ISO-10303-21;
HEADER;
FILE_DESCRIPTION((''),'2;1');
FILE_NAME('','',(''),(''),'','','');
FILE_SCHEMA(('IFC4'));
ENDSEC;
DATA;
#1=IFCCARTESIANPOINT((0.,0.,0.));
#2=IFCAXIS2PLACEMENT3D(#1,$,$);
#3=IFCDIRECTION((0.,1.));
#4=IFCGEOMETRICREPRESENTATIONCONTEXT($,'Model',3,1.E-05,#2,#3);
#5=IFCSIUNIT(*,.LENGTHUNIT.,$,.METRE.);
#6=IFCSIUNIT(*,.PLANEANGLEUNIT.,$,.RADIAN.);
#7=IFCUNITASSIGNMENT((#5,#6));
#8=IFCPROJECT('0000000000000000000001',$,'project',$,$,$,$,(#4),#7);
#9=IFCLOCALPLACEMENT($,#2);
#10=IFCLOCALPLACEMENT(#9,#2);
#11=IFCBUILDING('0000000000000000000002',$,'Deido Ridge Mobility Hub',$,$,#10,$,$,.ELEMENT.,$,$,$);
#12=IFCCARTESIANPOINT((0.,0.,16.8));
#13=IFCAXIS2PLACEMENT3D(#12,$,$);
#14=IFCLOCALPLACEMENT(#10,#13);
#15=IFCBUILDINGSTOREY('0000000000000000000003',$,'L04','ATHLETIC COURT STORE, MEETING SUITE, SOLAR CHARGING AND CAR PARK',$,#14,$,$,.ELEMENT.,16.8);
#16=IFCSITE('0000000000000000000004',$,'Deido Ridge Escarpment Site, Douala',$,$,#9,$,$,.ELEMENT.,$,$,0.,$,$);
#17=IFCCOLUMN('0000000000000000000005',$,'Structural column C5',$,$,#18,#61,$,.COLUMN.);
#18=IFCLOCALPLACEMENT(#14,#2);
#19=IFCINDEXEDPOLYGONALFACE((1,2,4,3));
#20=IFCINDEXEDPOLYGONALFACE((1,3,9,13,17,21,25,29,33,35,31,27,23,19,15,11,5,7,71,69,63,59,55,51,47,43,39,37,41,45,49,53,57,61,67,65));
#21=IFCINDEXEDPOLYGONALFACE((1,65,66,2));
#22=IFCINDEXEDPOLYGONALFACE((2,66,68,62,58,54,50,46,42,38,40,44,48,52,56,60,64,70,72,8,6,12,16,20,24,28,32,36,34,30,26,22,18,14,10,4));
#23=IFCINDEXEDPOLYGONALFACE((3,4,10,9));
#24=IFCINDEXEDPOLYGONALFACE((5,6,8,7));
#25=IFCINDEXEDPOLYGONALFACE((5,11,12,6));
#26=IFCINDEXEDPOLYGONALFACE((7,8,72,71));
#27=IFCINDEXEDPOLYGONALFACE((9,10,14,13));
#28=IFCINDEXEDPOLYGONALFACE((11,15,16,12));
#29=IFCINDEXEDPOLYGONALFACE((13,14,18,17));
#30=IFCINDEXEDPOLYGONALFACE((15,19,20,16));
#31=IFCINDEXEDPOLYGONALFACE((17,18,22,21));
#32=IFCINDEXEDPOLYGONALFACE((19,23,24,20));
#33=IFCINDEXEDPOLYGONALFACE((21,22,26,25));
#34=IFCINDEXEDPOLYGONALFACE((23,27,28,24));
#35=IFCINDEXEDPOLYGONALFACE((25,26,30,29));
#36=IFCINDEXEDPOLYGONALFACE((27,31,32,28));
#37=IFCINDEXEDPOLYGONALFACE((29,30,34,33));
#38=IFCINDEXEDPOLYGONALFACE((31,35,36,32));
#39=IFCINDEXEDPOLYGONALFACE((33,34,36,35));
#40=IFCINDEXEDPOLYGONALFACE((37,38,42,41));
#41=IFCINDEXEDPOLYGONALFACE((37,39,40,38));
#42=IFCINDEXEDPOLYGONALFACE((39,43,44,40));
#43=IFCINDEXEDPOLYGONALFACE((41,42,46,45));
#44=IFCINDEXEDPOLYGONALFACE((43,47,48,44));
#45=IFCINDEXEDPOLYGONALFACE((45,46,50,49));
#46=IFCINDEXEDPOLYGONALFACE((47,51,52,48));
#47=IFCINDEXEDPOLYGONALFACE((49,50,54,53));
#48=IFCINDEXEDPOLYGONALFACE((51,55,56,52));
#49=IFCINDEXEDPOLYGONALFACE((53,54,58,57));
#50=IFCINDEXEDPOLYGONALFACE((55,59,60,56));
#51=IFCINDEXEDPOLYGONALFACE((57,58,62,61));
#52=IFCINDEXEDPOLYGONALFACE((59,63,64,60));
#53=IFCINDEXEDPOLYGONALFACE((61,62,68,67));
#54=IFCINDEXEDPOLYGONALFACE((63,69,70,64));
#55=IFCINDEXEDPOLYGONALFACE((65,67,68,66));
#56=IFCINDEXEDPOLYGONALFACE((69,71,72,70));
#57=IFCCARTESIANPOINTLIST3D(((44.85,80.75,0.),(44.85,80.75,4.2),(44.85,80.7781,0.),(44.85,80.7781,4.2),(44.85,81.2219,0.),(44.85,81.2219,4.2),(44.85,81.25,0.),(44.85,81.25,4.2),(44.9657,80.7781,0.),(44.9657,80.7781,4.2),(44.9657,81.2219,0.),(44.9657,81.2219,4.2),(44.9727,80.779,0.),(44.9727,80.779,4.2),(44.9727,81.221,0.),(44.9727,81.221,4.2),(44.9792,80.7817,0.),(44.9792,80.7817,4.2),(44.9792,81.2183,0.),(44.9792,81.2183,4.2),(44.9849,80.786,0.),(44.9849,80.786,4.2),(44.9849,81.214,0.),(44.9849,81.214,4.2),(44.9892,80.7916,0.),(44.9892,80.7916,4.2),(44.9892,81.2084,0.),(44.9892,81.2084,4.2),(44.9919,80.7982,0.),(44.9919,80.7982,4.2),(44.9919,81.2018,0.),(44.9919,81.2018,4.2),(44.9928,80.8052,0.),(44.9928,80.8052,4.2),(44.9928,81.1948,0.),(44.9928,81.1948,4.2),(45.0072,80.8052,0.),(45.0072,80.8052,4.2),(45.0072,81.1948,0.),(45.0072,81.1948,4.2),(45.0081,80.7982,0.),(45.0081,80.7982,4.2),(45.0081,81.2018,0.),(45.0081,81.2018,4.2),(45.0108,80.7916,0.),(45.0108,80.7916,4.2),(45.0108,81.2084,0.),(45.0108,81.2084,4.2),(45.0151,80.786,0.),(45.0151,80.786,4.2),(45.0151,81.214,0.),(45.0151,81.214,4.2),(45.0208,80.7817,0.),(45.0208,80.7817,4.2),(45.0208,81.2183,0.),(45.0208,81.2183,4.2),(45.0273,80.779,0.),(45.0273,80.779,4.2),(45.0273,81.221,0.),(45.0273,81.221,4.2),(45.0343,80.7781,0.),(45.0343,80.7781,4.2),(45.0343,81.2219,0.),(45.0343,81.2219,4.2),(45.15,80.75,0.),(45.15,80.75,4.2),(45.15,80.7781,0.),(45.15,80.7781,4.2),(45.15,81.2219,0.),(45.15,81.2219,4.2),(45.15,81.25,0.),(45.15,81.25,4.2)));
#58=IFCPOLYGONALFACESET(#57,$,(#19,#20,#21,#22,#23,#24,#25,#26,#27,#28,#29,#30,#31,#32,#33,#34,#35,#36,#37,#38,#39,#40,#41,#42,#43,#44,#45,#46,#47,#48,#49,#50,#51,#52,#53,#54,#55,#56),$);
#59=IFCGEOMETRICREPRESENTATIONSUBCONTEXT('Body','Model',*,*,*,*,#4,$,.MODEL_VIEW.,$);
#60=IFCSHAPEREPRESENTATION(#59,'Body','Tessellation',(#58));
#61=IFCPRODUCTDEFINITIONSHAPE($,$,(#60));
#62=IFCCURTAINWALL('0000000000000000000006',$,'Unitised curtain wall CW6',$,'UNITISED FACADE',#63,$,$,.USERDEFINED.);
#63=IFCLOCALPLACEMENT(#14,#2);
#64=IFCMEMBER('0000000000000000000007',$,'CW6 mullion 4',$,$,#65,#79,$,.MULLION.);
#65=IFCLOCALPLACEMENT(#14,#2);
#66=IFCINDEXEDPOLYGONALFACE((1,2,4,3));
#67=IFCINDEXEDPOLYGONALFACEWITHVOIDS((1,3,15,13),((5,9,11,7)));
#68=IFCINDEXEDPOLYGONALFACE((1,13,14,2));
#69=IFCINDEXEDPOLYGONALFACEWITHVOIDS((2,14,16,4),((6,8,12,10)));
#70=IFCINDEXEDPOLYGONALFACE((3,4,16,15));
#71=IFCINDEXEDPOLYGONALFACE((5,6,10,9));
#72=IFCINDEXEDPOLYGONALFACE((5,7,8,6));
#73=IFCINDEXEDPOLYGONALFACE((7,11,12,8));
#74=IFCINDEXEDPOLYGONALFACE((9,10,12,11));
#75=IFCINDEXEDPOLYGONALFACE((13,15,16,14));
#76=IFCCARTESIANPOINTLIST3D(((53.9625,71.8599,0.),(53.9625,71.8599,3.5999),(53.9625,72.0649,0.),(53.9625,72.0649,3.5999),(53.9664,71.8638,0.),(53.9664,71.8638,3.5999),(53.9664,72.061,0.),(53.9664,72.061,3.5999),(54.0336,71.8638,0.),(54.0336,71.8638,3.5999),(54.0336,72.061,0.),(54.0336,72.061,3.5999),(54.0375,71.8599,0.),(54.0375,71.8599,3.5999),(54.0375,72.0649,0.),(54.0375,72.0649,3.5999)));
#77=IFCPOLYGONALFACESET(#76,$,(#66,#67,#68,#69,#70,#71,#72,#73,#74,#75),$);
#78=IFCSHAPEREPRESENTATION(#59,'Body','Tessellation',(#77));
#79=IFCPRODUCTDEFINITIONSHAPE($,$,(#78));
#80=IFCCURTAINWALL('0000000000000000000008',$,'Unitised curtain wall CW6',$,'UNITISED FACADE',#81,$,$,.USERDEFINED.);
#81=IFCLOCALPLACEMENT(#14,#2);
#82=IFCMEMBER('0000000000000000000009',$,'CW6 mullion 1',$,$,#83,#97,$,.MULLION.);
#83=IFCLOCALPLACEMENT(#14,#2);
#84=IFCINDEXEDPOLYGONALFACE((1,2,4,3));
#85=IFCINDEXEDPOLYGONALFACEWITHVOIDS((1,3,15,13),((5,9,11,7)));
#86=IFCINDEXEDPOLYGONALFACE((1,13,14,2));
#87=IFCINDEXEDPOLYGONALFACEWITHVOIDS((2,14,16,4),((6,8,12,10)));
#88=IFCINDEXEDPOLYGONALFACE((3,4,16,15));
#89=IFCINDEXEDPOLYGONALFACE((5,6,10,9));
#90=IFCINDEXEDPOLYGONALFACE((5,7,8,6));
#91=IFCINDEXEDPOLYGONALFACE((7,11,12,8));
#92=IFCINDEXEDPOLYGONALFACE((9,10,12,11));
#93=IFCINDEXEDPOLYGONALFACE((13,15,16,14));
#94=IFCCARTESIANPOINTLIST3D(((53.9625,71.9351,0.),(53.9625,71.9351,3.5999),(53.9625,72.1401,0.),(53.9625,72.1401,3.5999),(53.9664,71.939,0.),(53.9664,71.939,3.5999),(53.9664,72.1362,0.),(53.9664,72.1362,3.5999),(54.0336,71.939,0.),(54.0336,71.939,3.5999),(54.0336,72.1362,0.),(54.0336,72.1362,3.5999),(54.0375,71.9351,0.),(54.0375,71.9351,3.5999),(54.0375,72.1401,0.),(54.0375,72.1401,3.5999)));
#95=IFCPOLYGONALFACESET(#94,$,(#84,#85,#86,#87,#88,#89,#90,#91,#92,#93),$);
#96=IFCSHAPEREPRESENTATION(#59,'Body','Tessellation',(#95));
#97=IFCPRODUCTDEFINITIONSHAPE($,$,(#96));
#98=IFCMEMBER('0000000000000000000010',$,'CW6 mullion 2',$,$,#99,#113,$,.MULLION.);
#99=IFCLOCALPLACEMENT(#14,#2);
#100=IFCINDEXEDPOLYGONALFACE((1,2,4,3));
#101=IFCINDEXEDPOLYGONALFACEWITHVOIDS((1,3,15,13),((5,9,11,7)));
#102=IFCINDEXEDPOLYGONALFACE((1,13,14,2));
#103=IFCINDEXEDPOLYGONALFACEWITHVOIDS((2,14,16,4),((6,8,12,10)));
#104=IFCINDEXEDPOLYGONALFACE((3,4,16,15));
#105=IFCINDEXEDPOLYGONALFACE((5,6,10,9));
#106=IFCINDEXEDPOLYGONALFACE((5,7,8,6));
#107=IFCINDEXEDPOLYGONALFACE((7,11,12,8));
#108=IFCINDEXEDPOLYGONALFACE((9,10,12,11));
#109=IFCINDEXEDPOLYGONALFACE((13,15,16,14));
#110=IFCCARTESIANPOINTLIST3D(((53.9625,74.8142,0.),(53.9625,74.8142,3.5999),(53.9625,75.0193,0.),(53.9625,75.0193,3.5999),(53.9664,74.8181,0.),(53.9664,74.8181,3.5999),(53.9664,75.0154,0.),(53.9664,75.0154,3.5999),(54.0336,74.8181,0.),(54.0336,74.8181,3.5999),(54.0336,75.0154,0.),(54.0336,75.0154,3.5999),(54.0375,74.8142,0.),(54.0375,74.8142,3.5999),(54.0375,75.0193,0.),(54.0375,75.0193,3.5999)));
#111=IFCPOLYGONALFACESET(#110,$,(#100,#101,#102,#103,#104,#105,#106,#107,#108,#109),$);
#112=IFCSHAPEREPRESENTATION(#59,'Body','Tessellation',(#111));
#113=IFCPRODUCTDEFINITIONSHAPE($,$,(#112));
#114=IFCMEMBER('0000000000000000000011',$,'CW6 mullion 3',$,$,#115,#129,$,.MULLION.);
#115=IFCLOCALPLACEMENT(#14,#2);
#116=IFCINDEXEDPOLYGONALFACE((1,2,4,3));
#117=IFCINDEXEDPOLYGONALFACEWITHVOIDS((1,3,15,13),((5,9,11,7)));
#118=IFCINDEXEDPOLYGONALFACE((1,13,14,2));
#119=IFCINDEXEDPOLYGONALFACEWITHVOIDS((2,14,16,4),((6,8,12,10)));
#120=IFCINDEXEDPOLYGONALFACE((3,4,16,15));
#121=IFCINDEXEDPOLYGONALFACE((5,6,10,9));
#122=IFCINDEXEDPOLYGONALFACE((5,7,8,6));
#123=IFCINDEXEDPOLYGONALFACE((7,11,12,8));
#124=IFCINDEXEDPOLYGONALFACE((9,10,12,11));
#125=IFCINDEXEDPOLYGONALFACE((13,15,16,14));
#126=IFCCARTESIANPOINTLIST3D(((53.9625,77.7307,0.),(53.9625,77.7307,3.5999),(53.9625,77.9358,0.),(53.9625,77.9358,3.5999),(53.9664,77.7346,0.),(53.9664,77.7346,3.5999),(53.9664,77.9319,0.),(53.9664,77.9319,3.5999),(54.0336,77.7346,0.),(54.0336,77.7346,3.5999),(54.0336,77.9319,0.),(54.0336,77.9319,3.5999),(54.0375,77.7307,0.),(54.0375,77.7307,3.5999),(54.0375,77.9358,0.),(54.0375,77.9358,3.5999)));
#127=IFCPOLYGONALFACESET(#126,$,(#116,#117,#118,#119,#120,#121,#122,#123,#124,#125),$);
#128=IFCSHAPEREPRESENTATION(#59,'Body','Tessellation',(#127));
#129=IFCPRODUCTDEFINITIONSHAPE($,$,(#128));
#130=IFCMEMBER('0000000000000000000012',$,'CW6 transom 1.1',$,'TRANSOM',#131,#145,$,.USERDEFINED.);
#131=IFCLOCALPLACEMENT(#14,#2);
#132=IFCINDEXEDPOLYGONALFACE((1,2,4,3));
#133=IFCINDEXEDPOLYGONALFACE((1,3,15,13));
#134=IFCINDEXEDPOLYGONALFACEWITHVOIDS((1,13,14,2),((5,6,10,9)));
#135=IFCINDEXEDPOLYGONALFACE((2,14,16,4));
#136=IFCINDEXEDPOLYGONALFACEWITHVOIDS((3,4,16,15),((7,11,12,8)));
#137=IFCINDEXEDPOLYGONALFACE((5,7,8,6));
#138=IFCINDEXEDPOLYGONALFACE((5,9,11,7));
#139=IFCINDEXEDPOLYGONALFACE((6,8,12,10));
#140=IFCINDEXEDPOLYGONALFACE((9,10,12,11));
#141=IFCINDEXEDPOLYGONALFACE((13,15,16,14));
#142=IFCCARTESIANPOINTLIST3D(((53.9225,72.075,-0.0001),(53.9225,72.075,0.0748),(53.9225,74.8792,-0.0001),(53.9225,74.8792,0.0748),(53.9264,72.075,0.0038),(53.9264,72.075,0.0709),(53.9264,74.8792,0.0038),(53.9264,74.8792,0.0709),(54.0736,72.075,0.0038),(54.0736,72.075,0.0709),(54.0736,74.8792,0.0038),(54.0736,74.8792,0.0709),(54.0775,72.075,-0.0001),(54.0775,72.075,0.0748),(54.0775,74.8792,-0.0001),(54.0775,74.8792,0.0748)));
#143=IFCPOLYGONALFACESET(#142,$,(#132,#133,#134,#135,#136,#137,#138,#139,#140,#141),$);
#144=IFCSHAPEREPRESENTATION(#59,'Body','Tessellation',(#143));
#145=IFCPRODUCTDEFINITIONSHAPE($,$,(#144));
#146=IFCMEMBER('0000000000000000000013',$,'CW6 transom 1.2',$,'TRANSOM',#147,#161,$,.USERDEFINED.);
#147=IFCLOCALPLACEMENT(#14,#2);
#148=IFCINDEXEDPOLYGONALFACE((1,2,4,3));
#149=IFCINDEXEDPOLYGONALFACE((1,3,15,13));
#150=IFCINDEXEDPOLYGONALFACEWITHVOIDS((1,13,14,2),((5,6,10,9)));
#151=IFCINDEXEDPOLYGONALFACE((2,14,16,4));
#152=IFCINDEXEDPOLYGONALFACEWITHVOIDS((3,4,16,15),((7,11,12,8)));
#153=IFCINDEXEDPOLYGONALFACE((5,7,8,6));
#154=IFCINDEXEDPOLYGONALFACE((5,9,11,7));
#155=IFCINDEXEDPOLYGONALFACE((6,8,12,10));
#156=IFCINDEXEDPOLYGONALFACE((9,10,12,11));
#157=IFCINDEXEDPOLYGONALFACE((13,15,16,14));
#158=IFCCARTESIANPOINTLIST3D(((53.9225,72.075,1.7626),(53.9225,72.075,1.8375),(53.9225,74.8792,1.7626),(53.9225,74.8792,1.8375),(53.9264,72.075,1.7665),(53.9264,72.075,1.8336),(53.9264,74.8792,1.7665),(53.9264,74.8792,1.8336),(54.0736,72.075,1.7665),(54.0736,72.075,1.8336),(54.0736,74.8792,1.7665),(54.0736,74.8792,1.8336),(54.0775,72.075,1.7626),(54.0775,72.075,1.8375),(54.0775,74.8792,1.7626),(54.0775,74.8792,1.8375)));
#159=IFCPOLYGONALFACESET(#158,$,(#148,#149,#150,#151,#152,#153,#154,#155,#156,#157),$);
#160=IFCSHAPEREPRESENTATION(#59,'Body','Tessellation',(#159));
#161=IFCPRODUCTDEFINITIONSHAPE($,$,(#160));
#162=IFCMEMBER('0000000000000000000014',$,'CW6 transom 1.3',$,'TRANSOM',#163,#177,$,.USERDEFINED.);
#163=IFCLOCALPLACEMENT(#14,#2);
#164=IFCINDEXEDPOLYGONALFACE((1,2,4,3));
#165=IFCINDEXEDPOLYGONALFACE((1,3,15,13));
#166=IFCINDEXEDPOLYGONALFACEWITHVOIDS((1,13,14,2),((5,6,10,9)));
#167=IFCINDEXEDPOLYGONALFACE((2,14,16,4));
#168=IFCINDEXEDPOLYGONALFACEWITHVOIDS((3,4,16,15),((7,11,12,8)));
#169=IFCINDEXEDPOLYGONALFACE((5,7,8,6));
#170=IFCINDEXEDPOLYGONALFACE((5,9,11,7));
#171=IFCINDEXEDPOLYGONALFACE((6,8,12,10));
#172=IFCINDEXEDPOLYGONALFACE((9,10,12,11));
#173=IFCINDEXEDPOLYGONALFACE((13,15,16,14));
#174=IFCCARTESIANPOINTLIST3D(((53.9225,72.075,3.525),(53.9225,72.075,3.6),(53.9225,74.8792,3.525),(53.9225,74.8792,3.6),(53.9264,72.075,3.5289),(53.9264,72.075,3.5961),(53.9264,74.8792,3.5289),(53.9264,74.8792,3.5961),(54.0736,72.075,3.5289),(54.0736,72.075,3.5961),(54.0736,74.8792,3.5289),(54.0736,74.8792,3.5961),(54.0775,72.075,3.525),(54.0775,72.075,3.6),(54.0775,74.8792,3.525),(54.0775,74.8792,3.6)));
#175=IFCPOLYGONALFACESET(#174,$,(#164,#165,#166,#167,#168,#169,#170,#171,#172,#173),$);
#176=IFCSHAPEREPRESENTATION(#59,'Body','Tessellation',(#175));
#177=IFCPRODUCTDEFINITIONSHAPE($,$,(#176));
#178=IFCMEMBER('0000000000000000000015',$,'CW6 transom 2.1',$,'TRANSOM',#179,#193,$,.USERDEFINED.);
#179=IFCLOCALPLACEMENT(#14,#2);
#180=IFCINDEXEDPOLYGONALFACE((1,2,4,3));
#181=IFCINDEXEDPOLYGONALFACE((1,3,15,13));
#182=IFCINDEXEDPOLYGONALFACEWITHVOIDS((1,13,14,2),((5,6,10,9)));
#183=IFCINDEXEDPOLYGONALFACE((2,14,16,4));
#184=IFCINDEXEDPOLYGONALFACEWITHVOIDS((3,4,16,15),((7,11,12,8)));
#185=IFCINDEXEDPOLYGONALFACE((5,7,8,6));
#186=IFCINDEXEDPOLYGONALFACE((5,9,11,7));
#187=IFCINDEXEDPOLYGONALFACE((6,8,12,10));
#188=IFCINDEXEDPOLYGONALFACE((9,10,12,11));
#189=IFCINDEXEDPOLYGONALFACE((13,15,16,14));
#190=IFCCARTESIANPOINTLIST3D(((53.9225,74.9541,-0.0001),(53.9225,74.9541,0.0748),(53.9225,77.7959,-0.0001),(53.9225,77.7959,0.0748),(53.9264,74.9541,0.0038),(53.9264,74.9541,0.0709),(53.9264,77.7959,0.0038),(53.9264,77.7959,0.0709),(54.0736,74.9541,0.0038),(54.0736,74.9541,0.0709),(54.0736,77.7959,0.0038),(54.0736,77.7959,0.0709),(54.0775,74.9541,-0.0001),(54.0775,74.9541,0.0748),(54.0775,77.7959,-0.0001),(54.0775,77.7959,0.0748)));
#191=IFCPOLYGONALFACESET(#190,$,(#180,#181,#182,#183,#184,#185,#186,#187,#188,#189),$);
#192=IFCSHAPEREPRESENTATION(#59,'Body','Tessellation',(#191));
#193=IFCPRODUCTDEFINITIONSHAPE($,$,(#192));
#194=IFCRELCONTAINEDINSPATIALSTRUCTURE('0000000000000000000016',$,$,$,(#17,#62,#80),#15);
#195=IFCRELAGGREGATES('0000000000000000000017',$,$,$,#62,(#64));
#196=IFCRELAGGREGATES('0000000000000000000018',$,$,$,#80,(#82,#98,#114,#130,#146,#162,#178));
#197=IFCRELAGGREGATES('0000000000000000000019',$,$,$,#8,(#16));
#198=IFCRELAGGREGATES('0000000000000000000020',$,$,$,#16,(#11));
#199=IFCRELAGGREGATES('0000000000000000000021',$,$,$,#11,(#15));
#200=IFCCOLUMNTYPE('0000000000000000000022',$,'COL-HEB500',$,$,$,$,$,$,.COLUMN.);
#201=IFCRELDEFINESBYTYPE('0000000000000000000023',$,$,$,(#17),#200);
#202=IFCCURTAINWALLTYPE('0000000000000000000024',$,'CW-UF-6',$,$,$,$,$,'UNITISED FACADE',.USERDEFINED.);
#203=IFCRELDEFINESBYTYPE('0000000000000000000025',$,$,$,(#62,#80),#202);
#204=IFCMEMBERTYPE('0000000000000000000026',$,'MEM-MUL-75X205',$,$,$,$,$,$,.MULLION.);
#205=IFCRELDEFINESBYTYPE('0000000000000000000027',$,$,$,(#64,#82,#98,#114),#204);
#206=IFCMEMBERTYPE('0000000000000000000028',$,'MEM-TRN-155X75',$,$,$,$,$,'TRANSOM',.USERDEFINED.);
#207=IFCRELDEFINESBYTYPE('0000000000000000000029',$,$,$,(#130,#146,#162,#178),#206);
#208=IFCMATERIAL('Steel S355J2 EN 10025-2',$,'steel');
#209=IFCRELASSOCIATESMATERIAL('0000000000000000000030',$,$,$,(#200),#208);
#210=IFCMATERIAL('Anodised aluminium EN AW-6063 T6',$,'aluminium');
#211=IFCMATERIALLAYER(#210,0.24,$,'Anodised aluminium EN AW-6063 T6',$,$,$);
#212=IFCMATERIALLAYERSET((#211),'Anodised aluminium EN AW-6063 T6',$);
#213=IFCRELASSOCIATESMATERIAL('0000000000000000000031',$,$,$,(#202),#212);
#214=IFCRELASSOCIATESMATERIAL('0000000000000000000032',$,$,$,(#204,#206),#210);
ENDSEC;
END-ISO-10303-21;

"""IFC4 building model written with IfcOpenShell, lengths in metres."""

from ifc_helpers import new_model, si_unit, direction, frame, origin, origin_2d, place, context, subcontext, project, spatial, hollow_rectangle, i_section, extrude, material, layer, layer_set, material_profile, profile_set, type_object, element, aggregate, save


model = new_model("IFC4")

# Units and contexts
model_context = context("Model", 3, precision=1e-05, world=origin(), true_north=direction((0.0, 1.0)))
body_context = subcontext(model_context, "Body", "Model", "MODEL_VIEW")
ifc_project = project(units=[si_unit("LENGTHUNIT", "METRE"), si_unit("PLANEANGLEUNIT", "RADIAN")], contexts=[model_context])

# Site, building, storey
site_placement = place(None, origin())
site = spatial("IfcSite", under=ifc_project, at=site_placement, Name="Deido Ridge Escarpment Site, Douala", CompositionType="ELEMENT", RefElevation=0.0)
building_placement = place(site_placement, origin())
building = spatial("IfcBuilding", under=site, at=building_placement, Name="Deido Ridge Mobility Hub", CompositionType="ELEMENT")
storey_placement = place(building_placement, frame((0.0, 0.0, 16.8)))
storey = spatial("IfcBuildingStorey", under=building, at=storey_placement, Name="L04", Description="ATHLETIC COURT STORE, MEETING SUITE, SOLAR CHARGING AND CAR PARK", CompositionType="ELEMENT", Elevation=16.8)

# Column
ifc_material_1 = material(Name="Steel S355J2 EN 10025-2", Category="steel")
ifc_material_profile_1 = material_profile(ifc_material_1, i_section(OverallWidth=0.3, OverallDepth=0.5, WebThickness=0.0144, FlangeThickness=0.0281, FilletRadius=0.0271, at=origin_2d()), Name="HEB 500")
ifc_profile_set_1 = profile_set([ifc_material_profile_1], Name="Steel S355J2 EN 10025-2")
column_type = type_object("IfcColumnType", Name="COL-HEB500", PredefinedType="COLUMN", material=ifc_profile_set_1)
column_placement = place(storey_placement, frame((45.0, 81.0, 0.0), z_axis=(0.0, 0.0, 1.0), x_axis=(1.0, 0.0, 0.0)))
element("IfcColumn", 1, at=column_placement, inside=storey, type_object=column_type, Name="Structural column C5", PredefinedType="COLUMN", context=body_context, shape_type="SweptSolid", body=[
    extrude(i_section(OverallWidth=0.3, OverallDepth=0.5, WebThickness=0.0144, FlangeThickness=0.0281, FilletRadius=0.0271, at=origin_2d()), origin(), (0.0, 0.0, 1.0), 4.2),
])

# Curtain wall, member
ifc_material_2 = material(Name="Anodised aluminium EN AW-6063 T6", Category="aluminium")
ifc_layer_1 = layer(ifc_material_2, 0.24, Name="Anodised aluminium EN AW-6063 T6")
ifc_layer_set_1 = layer_set([ifc_layer_1], Name="Anodised aluminium EN AW-6063 T6")
curtain_wall_type = type_object("IfcCurtainWallType", Name="CW-UF-6", ElementType="UNITISED FACADE", PredefinedType="USERDEFINED", material=ifc_layer_set_1)
curtain_wall_1_placement = place(storey_placement, origin())
curtain_wall_1 = element("IfcCurtainWall", 2, at=curtain_wall_1_placement, inside=storey, type_object=curtain_wall_type, Name="Unitised curtain wall CW6", ObjectType="UNITISED FACADE", PredefinedType="USERDEFINED")
ifc_material_profile_2 = material_profile(ifc_material_2, hollow_rectangle(XDim=0.075, YDim=0.2051, WallThickness=0.0039, at=origin_2d()), Name="RHS 75x205x4")
ifc_profile_set_2 = profile_set([ifc_material_profile_2], Name="Anodised aluminium EN AW-6063 T6")
member_type_1 = type_object("IfcMemberType", Name="MEM-MUL-75X205", PredefinedType="MULLION", material=ifc_profile_set_2)
member_1_placement = place(storey_placement, frame((54.0, 71.9624, 0.0), z_axis=(0.0, 0.0, 1.0), x_axis=(-1.0, 0.0, 0.0)))
member_1 = element("IfcMember", 3, at=member_1_placement, type_object=member_type_1, Name="CW6 mullion 4", PredefinedType="MULLION", context=body_context, shape_type="SweptSolid", body=[
    extrude(hollow_rectangle(XDim=0.075, YDim=0.2051, WallThickness=0.0039, at=origin_2d()), origin(), (0.0, 0.0, 1.0), 3.5999),
])
aggregate(curtain_wall_1, [member_1])

# Curtain wall, members
curtain_wall_2_placement = place(storey_placement, origin())
curtain_wall_2 = element("IfcCurtainWall", 4, at=curtain_wall_2_placement, inside=storey, type_object=curtain_wall_type, Name="Unitised curtain wall CW6", ObjectType="UNITISED FACADE", PredefinedType="USERDEFINED")
member_2_placement = place(storey_placement, frame((54.0, 72.0376, 0.0), z_axis=(0.0, 0.0, 1.0), x_axis=(-1.0, 0.0, 0.0)))
member_2 = element("IfcMember", 5, at=member_2_placement, type_object=member_type_1, Name="CW6 mullion 1", PredefinedType="MULLION", context=body_context, shape_type="SweptSolid", body=[
    extrude(hollow_rectangle(XDim=0.075, YDim=0.2051, WallThickness=0.0039, at=origin_2d()), origin(), (0.0, 0.0, 1.0), 3.5999),
])
member_3_placement = place(storey_placement, frame((54.0, 74.9167, 0.0), z_axis=(0.0, 0.0, 1.0), x_axis=(-1.0, 0.0, 0.0)))
member_3 = element("IfcMember", 6, at=member_3_placement, type_object=member_type_1, Name="CW6 mullion 2", PredefinedType="MULLION", context=body_context, shape_type="SweptSolid", body=[
    extrude(hollow_rectangle(XDim=0.075, YDim=0.2051, WallThickness=0.0039, at=origin_2d()), origin(), (0.0, 0.0, 1.0), 3.5999),
])
member_4_placement = place(storey_placement, frame((54.0, 77.8333, 0.0), z_axis=(0.0, 0.0, 1.0), x_axis=(-1.0, 0.0, 0.0)))
member_4 = element("IfcMember", 7, at=member_4_placement, type_object=member_type_1, Name="CW6 mullion 3", PredefinedType="MULLION", context=body_context, shape_type="SweptSolid", body=[
    extrude(hollow_rectangle(XDim=0.075, YDim=0.2051, WallThickness=0.0039, at=origin_2d()), origin(), (0.0, 0.0, 1.0), 3.5999),
])
ifc_material_profile_3 = material_profile(ifc_material_2, hollow_rectangle(XDim=0.155, YDim=0.075, WallThickness=0.0039, at=origin_2d()), Name="RHS 155x75x4")
ifc_profile_set_3 = profile_set([ifc_material_profile_3], Name="Anodised aluminium EN AW-6063 T6")
member_type_2 = type_object("IfcMemberType", Name="MEM-TRN-155X75", ElementType="TRANSOM", PredefinedType="USERDEFINED", material=ifc_profile_set_3)
member_5_placement = place(storey_placement, frame((54.0, 72.075, 0.0374), z_axis=(0.0, 1.0, 0.0), x_axis=(-1.0, 0.0, 0.0)))
member_5 = element("IfcMember", 8, at=member_5_placement, type_object=member_type_2, Name="CW6 transom 1.1", ObjectType="TRANSOM", PredefinedType="USERDEFINED", context=body_context, shape_type="SweptSolid", body=[
    extrude(hollow_rectangle(XDim=0.155, YDim=0.075, WallThickness=0.0039, at=origin_2d()), origin(), (0.0, 0.0, 1.0), 2.8042),
])
member_6_placement = place(storey_placement, frame((54.0, 72.075, 1.8), z_axis=(0.0, 1.0, 0.0), x_axis=(-1.0, 0.0, 0.0)))
member_6 = element("IfcMember", 9, at=member_6_placement, type_object=member_type_2, Name="CW6 transom 1.2", ObjectType="TRANSOM", PredefinedType="USERDEFINED", context=body_context, shape_type="SweptSolid", body=[
    extrude(hollow_rectangle(XDim=0.155, YDim=0.075, WallThickness=0.0039, at=origin_2d()), origin(), (0.0, 0.0, 1.0), 2.8042),
])
member_7_placement = place(storey_placement, frame((54.0, 72.075, 3.5625), z_axis=(0.0, 1.0, 0.0), x_axis=(-1.0, 0.0, 0.0)))
member_7 = element("IfcMember", 10, at=member_7_placement, type_object=member_type_2, Name="CW6 transom 1.3", ObjectType="TRANSOM", PredefinedType="USERDEFINED", context=body_context, shape_type="SweptSolid", body=[
    extrude(hollow_rectangle(XDim=0.155, YDim=0.075, WallThickness=0.0039, at=origin_2d()), origin(), (0.0, 0.0, 1.0), 2.8042),
])
member_8_placement = place(storey_placement, frame((54.0, 74.9541, 0.0374), z_axis=(0.0, 1.0, 0.0), x_axis=(-1.0, 0.0, 0.0)))
member_8 = element("IfcMember", 11, at=member_8_placement, type_object=member_type_2, Name="CW6 transom 2.1", ObjectType="TRANSOM", PredefinedType="USERDEFINED", context=body_context, shape_type="SweptSolid", body=[
    extrude(hollow_rectangle(XDim=0.155, YDim=0.075, WallThickness=0.0039, at=origin_2d()), origin(), (0.0, 0.0, 1.0), 2.8418),
])

aggregate(curtain_wall_2, [member_2, member_3, member_4, member_5, member_6, member_7, member_8])

save(model, "model.ifc")
